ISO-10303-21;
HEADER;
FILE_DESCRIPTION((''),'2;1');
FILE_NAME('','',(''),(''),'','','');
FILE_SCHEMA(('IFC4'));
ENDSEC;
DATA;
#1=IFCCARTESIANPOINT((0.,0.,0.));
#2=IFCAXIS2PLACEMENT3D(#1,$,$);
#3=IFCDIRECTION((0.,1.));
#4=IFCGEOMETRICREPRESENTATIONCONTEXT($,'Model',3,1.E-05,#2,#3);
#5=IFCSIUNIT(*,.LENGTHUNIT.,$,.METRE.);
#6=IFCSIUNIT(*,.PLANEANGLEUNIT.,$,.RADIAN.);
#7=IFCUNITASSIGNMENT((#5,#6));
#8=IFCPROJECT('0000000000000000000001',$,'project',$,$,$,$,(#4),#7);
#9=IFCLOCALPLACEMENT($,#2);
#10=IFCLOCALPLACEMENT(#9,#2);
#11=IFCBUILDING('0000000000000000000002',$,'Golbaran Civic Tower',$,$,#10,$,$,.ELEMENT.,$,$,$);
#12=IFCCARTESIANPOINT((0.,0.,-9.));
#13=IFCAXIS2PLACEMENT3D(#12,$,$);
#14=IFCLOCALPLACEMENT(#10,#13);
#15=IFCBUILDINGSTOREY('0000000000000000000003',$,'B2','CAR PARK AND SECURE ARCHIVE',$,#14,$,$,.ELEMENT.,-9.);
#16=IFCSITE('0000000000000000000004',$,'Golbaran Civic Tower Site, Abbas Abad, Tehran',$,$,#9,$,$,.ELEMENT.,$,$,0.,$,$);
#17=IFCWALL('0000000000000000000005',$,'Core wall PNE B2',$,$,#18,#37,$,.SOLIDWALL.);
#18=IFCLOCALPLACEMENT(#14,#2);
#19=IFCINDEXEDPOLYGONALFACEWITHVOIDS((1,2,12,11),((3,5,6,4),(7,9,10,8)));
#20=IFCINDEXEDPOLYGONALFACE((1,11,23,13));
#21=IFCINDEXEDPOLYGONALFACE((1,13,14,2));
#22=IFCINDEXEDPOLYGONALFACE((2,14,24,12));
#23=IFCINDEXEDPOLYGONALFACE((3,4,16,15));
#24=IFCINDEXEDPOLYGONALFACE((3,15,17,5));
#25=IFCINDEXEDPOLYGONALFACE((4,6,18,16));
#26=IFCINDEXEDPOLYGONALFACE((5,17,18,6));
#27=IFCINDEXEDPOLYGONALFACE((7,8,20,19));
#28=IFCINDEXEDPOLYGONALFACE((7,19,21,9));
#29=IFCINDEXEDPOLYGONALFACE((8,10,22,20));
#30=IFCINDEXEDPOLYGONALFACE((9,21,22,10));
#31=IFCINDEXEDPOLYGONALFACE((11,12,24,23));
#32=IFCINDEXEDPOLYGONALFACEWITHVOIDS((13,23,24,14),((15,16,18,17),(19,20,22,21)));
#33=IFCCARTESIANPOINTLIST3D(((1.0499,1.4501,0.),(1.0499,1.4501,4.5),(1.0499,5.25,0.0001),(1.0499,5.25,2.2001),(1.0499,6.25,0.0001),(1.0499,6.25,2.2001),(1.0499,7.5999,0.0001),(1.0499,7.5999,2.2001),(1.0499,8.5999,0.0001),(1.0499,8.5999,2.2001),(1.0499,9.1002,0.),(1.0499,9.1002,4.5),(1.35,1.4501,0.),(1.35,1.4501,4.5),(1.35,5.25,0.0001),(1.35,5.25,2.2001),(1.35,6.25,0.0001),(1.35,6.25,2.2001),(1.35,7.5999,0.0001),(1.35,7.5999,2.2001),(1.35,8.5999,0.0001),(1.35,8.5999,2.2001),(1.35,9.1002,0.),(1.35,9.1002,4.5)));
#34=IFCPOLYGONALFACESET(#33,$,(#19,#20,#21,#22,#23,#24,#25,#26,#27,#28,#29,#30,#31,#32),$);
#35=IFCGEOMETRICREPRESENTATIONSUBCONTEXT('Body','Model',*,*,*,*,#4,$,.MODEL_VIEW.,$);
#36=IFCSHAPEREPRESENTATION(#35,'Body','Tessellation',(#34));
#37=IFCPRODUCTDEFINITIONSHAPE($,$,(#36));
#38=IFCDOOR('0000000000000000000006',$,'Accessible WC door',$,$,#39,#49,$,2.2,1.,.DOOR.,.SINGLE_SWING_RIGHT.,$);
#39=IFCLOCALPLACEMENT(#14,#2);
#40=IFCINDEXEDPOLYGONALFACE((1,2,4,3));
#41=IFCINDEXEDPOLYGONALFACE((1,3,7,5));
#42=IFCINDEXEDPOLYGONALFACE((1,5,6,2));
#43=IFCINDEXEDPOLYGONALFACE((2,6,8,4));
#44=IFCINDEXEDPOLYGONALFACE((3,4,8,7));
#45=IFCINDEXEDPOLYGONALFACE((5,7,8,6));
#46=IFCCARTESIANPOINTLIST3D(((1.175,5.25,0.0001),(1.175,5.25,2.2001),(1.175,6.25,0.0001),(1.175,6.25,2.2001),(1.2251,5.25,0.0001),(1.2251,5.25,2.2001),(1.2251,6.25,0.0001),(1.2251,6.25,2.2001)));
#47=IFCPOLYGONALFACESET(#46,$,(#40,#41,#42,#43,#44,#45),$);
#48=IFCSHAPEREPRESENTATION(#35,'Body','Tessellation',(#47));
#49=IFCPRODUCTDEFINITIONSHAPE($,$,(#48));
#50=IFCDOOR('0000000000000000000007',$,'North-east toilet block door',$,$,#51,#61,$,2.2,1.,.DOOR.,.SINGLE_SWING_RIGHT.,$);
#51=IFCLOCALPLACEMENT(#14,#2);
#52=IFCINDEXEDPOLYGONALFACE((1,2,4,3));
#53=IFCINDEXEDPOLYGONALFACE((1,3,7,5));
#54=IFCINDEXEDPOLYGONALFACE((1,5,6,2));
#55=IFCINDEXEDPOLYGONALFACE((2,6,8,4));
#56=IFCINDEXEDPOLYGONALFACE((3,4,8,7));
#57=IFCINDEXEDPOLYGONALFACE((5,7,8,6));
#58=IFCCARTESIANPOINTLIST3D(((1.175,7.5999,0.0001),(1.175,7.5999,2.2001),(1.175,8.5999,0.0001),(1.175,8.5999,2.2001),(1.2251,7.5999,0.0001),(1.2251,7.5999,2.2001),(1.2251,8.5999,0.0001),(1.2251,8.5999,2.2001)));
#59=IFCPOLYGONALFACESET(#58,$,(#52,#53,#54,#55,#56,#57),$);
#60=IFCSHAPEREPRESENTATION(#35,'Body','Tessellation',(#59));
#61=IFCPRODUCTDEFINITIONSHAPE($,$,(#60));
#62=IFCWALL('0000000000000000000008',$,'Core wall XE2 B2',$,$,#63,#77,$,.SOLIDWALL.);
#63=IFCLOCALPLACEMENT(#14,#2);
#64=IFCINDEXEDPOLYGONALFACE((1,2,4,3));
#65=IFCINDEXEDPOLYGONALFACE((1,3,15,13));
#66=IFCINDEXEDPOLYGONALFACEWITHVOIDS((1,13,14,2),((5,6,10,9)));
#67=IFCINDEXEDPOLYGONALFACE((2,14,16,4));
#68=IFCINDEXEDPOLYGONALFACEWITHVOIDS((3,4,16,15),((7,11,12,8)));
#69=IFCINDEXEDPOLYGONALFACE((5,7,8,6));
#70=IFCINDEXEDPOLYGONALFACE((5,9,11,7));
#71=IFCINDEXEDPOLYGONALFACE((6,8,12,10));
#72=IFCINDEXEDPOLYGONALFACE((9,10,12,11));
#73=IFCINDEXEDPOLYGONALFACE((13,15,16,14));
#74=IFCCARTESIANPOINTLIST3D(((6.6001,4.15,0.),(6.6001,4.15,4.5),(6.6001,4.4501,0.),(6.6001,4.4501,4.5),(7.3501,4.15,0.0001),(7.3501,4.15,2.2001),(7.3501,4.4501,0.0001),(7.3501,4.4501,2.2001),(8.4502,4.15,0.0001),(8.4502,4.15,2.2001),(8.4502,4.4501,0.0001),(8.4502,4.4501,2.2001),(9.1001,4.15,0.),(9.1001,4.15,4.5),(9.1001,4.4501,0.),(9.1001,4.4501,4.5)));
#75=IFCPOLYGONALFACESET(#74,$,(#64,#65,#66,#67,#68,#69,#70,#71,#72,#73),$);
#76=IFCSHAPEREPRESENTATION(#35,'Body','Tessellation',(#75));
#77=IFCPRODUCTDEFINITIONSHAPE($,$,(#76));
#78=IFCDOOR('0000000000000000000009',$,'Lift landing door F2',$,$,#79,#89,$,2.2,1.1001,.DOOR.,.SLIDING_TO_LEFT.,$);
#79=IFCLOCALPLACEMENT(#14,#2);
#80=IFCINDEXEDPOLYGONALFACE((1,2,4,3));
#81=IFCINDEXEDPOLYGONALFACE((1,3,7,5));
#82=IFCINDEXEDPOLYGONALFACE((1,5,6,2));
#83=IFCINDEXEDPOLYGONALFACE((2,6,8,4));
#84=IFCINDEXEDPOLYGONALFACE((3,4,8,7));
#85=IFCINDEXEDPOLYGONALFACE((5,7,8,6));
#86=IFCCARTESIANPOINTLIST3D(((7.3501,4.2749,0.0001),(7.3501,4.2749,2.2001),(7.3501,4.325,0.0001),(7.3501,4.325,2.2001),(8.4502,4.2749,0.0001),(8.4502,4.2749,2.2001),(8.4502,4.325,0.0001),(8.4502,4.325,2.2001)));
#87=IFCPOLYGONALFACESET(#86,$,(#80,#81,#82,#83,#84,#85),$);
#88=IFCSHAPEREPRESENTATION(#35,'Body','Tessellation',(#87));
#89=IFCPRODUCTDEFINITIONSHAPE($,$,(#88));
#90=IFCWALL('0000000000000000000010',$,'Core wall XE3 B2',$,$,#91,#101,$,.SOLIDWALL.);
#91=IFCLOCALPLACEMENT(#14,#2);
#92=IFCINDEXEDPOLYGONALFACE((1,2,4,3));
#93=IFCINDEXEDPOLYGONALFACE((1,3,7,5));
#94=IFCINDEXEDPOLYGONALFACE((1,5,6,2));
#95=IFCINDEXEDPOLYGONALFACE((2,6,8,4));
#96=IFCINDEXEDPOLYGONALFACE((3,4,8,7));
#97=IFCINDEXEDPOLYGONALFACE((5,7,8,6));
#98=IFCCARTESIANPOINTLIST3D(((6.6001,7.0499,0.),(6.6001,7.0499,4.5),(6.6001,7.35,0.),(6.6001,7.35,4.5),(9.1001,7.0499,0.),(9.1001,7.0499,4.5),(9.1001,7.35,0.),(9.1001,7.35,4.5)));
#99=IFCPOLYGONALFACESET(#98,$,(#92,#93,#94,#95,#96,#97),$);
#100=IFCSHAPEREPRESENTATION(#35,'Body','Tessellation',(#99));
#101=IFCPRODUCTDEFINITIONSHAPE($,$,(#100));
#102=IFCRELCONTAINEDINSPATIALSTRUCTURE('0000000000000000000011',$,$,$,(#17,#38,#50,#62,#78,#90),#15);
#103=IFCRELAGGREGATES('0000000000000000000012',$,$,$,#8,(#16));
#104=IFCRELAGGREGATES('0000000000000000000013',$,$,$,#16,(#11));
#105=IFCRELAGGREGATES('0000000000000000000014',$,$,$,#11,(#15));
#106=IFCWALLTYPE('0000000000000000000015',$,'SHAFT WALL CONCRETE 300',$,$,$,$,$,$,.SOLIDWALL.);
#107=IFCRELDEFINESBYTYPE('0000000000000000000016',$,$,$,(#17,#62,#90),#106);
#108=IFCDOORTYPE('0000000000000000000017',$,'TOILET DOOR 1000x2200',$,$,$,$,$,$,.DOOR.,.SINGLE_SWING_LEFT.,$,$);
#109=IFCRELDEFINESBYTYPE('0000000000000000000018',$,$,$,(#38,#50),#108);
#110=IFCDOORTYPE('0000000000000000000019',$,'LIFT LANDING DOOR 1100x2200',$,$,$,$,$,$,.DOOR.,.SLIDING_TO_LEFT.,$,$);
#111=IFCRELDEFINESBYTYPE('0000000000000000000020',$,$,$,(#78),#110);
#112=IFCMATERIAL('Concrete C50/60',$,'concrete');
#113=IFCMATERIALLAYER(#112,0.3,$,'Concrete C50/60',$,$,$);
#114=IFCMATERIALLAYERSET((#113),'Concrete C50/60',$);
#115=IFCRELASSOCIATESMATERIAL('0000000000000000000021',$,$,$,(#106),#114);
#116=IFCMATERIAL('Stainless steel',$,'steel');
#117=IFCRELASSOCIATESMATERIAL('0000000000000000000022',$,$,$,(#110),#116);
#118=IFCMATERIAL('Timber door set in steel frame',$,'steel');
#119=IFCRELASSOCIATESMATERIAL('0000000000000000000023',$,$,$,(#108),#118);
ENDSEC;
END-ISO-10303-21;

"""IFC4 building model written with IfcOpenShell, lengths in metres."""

from ifc_helpers import new_model, si_unit, direction, frame, frame_2d, origin, place, context, subcontext, project, spatial, rectangle, extrude, material, layer, layer_set, type_object, element, fill, save


model = new_model("IFC4")

# Units and contexts
model_context = context("Model", 3, precision=1e-05, world=origin(), true_north=direction((0.0, 1.0)))
body_context = subcontext(model_context, "Body", "Model", "MODEL_VIEW")
ifc_project = project(units=[si_unit("LENGTHUNIT", "METRE"), si_unit("PLANEANGLEUNIT", "RADIAN")], contexts=[model_context])

# Site, building, storey
site_placement = place(None, origin())
site = spatial("IfcSite", under=ifc_project, at=site_placement, Name="Golbaran Civic Tower Site, Abbas Abad, Tehran", CompositionType="ELEMENT", RefElevation=0.0)
building_placement = place(site_placement, origin())
building = spatial("IfcBuilding", under=site, at=building_placement, Name="Golbaran Civic Tower", CompositionType="ELEMENT")
storey_placement = place(building_placement, frame((0.0, 0.0, -9.0)))
storey = spatial("IfcBuildingStorey", under=building, at=storey_placement, Name="B2", Description="CAR PARK AND SECURE ARCHIVE", CompositionType="ELEMENT", Elevation=-9.0)

# Shared definitions
ifc_material_1 = material(Name="Concrete C50/60", Category="concrete")

# Shared definitions
ifc_material_2 = material(Name="Timber door set in steel frame", Category="steel")

# Shared definitions
ifc_layer_1 = layer(ifc_material_1, 0.3, Name="Concrete C50/60")
ifc_layer_set_1 = layer_set([ifc_layer_1], Name="Concrete C50/60")
wall_type_1 = type_object("IfcWallType", Name="SHAFT WALL CONCRETE 300", PredefinedType="SOLIDWALL", material=ifc_layer_set_1)
ifc_material_3 = material(Name="Stainless steel", Category="steel")
door_type_1 = type_object("IfcDoorType", Name="LIFT LANDING DOOR 1100x2200", OperationType="SLIDING_TO_LEFT", PredefinedType="DOOR", material=ifc_material_3)

# Wall, openings, doors
wall_1_placement = place(storey_placement, frame((1.2, 1.45, 0.0), z_axis=(0.0, 0.0, 1.0), x_axis=(0.0, 1.0, 0.0)))
wall_1 = element("IfcWall", 1, at=wall_1_placement, inside=storey, type_object=wall_type_1, Name="Core wall PNE B2", PredefinedType="SOLIDWALL", context=body_context, shape_type="SweptSolid", body=[
    extrude(rectangle(XDim=7.6501, YDim=0.3, at=frame_2d((3.8252, 0.0))), origin(), (0.0, 0.0, 1.0), 4.5),
])
opening_1_placement = place(wall_1_placement, frame((3.8, 0.0, 0.0)))
opening_1 = element("IfcOpeningElement", 2, at=opening_1_placement, cuts=wall_1, PredefinedType="OPENING", context=body_context, shape_type="SweptSolid", body=[
    extrude(rectangle(XDim=1.0, YDim=2.2, at=frame_2d((0.5, 1.1001))), frame((0.0, 0.1599, 0.0), z_axis=(0.0, -1.0, 0.0), x_axis=(1.0, 0.0, 0.0)), (0.0, 0.0, 1.0), 0.3201),
])
opening_2_placement = place(wall_1_placement, frame((6.1499, 0.0, 0.0)))
opening_2 = element("IfcOpeningElement", 3, at=opening_2_placement, cuts=wall_1, PredefinedType="OPENING", context=body_context, shape_type="SweptSolid", body=[
    extrude(rectangle(XDim=1.0, YDim=2.2, at=frame_2d((0.5, 1.1001))), frame((0.0, 0.1599, 0.0), z_axis=(0.0, -1.0, 0.0), x_axis=(1.0, 0.0, 0.0)), (0.0, 0.0, 1.0), 0.3201),
])
door_type_2 = type_object("IfcDoorType", Name="TOILET DOOR 1000x2200", OperationType="SINGLE_SWING_LEFT", PredefinedType="DOOR", material=ifc_material_2)
door_1_placement = place(opening_1_placement, origin())
door_1 = element("IfcDoor", 4, at=door_1_placement, inside=storey, type_object=door_type_2, Name="Accessible WC door", OperationType="SINGLE_SWING_RIGHT", OverallHeight=2.2, OverallWidth=1.0, PredefinedType="DOOR", context=body_context, shape_type="SweptSolid", body=[
    extrude(rectangle(XDim=1.0, YDim=2.2, at=frame_2d((0.5, 1.1001))), frame((0.0, 0.0249, 0.0), z_axis=(0.0, -1.0, 0.0), x_axis=(1.0, 0.0, 0.0)), (0.0, 0.0, 1.0), 0.05),
])
fill(opening_1, door_1)
door_2_placement = place(opening_2_placement, origin())
door_2 = element("IfcDoor", 5, at=door_2_placement, inside=storey, type_object=door_type_2, Name="North-east toilet block door", OperationType="SINGLE_SWING_RIGHT", OverallHeight=2.2, OverallWidth=1.0, PredefinedType="DOOR", context=body_context, shape_type="SweptSolid", body=[
    extrude(rectangle(XDim=1.0, YDim=2.2, at=frame_2d((0.5, 1.1001))), frame((0.0, 0.0249, 0.0), z_axis=(0.0, -1.0, 0.0), x_axis=(1.0, 0.0, 0.0)), (0.0, 0.0, 1.0), 0.05),
])
fill(opening_2, door_2)

# Wall, opening, door
wall_2_placement = place(storey_placement, frame((6.6001, 4.3, 0.0), z_axis=(0.0, 0.0, 1.0), x_axis=(1.0, 0.0, 0.0)))
wall_2 = element("IfcWall", 6, at=wall_2_placement, inside=storey, type_object=wall_type_1, Name="Core wall XE2 B2", PredefinedType="SOLIDWALL", context=body_context, shape_type="SweptSolid", body=[
    extrude(rectangle(XDim=2.5, YDim=0.3, at=frame_2d((1.25, 0.0))), origin(), (0.0, 0.0, 1.0), 4.5),
])
opening_3_placement = place(wall_2_placement, frame((0.75, 0.0, 0.0)))
opening_3 = element("IfcOpeningElement", 7, at=opening_3_placement, cuts=wall_2, PredefinedType="OPENING", context=body_context, shape_type="SweptSolid", body=[
    extrude(rectangle(XDim=1.1001, YDim=2.2, at=frame_2d((0.55, 1.1001))), frame((0.0, 0.1599, 0.0), z_axis=(0.0, -1.0, 0.0), x_axis=(1.0, 0.0, 0.0)), (0.0, 0.0, 1.0), 0.3201),
])
door_3_placement = place(opening_3_placement, origin())
door_3 = element("IfcDoor", 8, at=door_3_placement, inside=storey, type_object=door_type_1, Name="Lift landing door F2", OperationType="SLIDING_TO_LEFT", OverallHeight=2.2, OverallWidth=1.1001, PredefinedType="DOOR", context=body_context, shape_type="SweptSolid", body=[
    extrude(rectangle(XDim=1.1001, YDim=2.2, at=frame_2d((0.55, 1.1001))), frame((0.0, 0.0249, 0.0), z_axis=(0.0, -1.0, 0.0), x_axis=(1.0, 0.0, 0.0)), (0.0, 0.0, 1.0), 0.05),
])
fill(opening_3, door_3)

# Wall
wall_3_placement = place(storey_placement, frame((6.6001, 7.2, 0.0), z_axis=(0.0, 0.0, 1.0), x_axis=(1.0, 0.0, 0.0)))
element("IfcWall", 9, at=wall_3_placement, inside=storey, type_object=wall_type_1, Name="Core wall XE3 B2", PredefinedType="SOLIDWALL", context=body_context, shape_type="SweptSolid", body=[
    extrude(rectangle(XDim=2.5, YDim=0.3, at=frame_2d((1.25, 0.0))), origin(), (0.0, 0.0, 1.0), 4.5),
])

save(model, "model.ifc")
